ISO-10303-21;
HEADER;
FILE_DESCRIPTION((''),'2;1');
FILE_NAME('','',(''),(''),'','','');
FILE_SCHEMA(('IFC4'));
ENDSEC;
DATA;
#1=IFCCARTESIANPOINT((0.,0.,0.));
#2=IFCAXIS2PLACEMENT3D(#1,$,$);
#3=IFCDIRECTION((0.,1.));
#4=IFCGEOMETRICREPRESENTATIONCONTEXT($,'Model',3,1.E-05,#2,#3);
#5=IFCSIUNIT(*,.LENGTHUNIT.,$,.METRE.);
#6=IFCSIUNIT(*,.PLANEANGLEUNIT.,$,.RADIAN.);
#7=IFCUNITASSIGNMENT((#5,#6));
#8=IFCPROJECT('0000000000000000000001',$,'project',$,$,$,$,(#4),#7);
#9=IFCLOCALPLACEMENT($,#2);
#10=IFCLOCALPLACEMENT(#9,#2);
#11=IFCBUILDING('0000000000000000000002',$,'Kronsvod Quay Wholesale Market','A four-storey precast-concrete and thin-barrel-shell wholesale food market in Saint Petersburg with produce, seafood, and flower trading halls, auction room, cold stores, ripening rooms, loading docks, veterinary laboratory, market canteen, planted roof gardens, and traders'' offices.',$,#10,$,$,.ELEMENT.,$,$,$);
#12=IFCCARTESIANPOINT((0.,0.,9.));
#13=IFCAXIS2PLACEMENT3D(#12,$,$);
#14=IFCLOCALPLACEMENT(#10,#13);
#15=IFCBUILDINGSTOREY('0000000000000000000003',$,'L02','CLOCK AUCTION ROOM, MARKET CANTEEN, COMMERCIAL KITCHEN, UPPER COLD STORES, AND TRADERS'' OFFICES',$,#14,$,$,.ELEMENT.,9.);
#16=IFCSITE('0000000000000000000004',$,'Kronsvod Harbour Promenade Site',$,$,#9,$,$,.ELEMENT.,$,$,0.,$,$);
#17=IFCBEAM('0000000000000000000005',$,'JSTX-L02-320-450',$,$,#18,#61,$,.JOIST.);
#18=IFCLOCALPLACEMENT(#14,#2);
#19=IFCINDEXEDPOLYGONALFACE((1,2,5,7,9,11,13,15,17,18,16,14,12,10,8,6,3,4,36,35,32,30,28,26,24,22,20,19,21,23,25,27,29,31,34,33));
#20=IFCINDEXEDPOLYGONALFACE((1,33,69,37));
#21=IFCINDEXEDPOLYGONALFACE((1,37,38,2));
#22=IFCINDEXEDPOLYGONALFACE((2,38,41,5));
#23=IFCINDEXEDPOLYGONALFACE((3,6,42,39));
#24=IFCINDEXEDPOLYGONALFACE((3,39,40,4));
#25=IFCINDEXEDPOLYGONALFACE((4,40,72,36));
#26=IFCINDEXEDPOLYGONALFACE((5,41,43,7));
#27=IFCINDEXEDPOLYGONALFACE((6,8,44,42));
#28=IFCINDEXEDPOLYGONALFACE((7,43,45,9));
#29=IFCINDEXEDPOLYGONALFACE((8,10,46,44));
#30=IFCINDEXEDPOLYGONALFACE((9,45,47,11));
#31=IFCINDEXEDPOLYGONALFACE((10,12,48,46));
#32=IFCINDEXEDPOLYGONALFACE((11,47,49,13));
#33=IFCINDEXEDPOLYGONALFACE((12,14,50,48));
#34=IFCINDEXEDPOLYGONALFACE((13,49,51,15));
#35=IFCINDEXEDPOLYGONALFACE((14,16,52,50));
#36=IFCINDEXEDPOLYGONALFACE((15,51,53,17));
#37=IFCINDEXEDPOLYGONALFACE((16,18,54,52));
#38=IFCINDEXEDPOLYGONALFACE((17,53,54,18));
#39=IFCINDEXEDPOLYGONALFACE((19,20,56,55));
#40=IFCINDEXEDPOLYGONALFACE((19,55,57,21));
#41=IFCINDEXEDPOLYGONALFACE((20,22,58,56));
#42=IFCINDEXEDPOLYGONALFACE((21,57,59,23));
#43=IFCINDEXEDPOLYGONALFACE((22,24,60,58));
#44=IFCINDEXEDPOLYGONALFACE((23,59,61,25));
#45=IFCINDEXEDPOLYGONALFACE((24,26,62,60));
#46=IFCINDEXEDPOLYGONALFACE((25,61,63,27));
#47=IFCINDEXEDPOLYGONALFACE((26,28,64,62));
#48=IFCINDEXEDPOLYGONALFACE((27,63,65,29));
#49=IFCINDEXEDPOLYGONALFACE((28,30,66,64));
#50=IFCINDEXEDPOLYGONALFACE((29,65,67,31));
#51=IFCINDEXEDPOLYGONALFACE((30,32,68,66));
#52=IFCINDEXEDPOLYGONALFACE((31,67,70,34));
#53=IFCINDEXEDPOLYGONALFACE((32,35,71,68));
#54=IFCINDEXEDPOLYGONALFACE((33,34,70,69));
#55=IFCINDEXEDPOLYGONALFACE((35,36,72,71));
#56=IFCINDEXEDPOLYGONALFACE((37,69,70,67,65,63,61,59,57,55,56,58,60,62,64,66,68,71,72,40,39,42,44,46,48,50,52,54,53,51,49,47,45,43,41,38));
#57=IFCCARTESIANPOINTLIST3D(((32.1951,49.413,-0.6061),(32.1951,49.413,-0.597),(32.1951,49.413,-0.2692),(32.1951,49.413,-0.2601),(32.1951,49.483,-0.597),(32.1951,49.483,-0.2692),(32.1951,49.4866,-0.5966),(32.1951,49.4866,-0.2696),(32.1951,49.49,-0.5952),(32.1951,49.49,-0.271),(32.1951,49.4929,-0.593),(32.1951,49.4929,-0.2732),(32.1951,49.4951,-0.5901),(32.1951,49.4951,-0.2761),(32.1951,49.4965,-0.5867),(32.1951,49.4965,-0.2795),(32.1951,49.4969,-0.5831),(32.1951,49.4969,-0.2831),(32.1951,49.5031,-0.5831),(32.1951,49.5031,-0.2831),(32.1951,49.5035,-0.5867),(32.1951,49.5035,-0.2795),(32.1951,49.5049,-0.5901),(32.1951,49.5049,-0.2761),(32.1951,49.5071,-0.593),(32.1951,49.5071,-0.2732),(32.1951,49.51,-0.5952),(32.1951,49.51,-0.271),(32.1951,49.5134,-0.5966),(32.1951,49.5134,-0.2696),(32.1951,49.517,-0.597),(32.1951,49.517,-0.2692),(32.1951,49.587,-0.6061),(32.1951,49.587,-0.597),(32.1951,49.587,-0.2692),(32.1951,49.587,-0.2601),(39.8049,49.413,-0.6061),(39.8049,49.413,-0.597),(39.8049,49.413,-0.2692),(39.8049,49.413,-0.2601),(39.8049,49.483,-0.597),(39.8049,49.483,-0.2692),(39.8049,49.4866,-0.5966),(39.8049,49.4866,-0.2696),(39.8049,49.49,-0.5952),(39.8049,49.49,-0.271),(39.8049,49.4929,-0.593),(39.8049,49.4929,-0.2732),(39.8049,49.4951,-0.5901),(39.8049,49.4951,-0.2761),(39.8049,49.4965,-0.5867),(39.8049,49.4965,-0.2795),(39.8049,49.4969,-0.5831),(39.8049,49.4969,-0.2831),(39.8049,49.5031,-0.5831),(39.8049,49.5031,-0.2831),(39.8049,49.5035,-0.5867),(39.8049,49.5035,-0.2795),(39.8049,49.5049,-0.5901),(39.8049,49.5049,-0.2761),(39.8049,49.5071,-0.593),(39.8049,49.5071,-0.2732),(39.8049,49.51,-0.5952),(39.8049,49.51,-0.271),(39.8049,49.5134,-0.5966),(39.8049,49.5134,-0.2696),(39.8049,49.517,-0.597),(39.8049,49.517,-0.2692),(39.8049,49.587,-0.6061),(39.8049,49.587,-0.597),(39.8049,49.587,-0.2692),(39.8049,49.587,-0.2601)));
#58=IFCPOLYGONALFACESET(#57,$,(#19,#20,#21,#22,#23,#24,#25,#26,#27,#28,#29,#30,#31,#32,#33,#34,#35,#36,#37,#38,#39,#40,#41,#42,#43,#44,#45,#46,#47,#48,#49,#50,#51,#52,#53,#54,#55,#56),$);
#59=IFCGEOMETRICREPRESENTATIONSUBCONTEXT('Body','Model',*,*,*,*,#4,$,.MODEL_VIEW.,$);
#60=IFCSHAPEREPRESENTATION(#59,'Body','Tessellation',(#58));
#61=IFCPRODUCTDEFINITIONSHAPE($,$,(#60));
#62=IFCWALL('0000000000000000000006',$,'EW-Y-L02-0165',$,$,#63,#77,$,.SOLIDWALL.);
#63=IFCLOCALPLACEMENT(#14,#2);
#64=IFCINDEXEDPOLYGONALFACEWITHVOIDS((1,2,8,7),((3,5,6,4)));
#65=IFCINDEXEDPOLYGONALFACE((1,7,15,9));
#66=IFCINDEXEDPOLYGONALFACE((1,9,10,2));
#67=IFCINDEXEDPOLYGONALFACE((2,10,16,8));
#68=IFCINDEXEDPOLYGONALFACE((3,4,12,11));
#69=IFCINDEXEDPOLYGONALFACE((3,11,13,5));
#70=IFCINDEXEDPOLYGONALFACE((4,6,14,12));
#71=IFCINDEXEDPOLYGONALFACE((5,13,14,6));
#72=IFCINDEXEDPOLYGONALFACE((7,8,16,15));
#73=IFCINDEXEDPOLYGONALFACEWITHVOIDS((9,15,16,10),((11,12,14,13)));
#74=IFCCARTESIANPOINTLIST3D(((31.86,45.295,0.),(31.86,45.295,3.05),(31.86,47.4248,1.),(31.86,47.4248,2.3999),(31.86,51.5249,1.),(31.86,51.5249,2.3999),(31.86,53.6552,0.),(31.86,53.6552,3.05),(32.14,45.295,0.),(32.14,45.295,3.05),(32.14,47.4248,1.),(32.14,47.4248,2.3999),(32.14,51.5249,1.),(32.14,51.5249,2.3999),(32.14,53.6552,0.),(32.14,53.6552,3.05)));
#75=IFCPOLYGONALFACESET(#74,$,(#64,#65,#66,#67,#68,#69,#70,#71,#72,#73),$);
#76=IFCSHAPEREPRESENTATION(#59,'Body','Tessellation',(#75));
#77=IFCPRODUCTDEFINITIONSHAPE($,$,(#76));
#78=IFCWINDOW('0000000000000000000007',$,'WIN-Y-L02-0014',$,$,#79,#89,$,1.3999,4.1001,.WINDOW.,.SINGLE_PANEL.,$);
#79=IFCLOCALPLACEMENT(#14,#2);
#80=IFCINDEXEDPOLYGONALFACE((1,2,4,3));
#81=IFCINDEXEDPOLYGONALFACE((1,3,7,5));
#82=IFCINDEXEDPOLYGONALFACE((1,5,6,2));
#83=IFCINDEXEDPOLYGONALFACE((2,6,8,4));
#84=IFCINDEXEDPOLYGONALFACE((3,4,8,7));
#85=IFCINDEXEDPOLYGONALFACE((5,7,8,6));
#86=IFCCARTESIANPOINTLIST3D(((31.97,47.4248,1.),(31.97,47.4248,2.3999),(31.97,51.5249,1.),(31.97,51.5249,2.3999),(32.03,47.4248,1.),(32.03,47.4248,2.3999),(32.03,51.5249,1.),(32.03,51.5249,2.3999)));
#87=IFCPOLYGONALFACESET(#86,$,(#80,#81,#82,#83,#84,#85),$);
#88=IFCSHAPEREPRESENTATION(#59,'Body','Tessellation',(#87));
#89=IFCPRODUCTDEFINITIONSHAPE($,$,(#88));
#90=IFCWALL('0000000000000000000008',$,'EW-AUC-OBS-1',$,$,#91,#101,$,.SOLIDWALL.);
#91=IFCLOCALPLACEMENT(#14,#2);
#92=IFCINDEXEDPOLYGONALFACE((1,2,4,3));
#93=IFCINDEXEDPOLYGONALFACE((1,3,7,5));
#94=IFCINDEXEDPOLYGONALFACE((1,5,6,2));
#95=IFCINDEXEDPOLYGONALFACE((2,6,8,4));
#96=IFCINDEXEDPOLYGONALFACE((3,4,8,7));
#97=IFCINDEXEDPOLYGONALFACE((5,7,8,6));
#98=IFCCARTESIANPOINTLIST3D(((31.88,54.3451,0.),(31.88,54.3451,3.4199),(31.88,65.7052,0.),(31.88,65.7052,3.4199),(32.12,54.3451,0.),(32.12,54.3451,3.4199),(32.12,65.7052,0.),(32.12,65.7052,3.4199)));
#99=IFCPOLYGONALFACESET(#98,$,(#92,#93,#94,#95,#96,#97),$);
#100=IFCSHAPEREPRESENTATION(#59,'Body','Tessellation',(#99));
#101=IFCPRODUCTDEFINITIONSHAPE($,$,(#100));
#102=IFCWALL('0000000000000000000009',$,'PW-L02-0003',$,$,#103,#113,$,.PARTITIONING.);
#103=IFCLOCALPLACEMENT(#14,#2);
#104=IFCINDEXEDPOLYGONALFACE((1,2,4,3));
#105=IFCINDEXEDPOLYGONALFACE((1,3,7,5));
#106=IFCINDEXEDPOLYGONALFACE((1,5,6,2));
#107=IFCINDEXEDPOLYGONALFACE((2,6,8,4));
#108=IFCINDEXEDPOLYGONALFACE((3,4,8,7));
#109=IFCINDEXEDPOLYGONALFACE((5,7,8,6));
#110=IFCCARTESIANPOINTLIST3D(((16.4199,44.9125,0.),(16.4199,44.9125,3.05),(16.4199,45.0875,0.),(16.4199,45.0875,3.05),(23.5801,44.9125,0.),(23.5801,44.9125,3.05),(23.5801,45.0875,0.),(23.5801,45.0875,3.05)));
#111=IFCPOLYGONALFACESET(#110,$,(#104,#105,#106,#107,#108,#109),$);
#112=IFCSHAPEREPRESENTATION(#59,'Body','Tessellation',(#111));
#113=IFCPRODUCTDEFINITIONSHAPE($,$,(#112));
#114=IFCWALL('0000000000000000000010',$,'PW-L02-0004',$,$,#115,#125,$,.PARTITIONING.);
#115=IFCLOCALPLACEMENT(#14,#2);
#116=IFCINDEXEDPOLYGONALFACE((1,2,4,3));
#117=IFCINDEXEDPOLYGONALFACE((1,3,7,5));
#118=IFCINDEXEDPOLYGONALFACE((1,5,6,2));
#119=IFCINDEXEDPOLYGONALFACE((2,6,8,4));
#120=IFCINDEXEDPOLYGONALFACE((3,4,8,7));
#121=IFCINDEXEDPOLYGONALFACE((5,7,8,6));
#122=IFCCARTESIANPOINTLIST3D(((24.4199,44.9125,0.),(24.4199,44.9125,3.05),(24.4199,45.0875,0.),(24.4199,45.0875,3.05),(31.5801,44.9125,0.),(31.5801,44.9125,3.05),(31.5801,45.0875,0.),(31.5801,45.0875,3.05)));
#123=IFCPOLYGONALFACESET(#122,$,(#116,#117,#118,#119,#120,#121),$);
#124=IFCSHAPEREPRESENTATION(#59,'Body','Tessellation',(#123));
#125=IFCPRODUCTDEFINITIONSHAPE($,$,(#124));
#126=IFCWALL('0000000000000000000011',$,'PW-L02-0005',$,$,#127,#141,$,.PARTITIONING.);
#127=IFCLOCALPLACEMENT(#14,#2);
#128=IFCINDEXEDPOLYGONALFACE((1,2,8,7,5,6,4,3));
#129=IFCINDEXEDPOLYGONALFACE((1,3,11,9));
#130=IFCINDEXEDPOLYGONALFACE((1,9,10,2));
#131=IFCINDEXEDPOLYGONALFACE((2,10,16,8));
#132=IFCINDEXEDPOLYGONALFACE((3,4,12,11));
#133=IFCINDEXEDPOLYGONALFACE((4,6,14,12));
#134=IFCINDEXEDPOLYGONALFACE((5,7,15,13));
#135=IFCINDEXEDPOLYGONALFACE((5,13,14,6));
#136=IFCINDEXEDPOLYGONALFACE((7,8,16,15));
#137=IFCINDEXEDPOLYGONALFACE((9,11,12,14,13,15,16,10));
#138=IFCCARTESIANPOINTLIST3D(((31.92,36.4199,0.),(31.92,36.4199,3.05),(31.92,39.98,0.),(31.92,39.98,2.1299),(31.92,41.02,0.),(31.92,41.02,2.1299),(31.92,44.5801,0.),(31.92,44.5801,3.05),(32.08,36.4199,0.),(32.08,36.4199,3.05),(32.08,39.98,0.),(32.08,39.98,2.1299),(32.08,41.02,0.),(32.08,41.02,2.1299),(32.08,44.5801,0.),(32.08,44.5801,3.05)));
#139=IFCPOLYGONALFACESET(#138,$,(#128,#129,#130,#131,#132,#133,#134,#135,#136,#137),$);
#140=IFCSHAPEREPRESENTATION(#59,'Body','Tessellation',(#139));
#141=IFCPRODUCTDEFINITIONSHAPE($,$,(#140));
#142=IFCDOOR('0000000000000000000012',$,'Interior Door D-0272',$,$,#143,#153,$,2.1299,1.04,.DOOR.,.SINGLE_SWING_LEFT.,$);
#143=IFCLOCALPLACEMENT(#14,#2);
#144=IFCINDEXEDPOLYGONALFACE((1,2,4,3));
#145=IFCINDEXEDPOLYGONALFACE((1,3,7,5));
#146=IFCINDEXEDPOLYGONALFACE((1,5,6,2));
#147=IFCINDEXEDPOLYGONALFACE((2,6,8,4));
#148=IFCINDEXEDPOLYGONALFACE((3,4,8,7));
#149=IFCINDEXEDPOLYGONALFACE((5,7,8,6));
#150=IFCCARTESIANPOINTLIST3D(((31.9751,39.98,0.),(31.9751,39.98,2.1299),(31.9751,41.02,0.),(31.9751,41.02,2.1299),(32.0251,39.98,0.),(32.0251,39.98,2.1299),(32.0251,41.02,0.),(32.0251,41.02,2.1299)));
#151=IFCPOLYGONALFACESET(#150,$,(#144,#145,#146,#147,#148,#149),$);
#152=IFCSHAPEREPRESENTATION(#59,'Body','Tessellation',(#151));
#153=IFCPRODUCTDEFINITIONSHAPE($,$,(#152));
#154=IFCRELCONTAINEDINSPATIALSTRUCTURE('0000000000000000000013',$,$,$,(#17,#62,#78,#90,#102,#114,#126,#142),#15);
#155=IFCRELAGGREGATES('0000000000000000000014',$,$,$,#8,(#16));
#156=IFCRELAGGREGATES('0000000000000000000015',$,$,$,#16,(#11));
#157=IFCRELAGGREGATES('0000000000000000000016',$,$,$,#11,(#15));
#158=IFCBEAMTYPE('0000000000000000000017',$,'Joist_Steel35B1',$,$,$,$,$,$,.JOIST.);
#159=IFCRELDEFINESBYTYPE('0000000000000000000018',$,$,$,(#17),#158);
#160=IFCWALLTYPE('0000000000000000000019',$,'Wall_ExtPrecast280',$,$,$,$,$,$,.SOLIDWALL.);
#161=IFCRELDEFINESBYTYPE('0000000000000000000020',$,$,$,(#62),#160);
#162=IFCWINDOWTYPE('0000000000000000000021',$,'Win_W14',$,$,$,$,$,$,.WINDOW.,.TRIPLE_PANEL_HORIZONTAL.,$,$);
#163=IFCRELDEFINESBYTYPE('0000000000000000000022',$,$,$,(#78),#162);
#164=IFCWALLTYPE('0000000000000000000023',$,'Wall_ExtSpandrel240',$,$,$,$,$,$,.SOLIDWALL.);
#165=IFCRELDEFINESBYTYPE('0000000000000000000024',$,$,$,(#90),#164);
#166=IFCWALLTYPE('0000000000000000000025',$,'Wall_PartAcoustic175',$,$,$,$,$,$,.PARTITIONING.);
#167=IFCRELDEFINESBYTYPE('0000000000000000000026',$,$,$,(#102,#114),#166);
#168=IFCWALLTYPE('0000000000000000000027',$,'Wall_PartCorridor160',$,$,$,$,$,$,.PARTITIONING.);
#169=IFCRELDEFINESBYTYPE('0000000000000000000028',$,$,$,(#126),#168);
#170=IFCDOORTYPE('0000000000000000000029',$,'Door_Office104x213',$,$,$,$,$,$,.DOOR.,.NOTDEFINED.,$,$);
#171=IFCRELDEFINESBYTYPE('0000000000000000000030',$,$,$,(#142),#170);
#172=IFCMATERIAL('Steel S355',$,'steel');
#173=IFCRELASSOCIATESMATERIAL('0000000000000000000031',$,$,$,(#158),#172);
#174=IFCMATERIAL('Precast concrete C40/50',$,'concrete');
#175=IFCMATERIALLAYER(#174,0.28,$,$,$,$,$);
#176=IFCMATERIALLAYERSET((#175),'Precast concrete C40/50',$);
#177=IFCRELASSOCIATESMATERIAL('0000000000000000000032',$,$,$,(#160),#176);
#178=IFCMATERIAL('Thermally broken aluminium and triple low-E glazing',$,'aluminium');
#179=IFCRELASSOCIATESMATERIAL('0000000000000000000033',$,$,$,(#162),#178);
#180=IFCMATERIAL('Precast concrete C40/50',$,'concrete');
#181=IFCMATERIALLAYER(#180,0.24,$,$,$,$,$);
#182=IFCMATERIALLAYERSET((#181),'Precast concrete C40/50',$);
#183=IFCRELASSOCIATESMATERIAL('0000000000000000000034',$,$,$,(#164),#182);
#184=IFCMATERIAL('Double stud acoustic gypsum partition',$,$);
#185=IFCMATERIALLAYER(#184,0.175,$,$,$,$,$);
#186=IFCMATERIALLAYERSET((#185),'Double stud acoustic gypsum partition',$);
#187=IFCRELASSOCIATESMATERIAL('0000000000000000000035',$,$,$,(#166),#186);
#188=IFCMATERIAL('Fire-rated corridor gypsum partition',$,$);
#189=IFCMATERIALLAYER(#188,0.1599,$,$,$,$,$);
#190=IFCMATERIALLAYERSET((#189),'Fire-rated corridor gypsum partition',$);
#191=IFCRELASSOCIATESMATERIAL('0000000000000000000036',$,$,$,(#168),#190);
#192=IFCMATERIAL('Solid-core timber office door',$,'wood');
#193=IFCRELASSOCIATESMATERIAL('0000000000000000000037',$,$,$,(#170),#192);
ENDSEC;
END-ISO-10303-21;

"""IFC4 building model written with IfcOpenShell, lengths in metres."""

from ifc_helpers import new_model, si_unit, direction, frame, frame_2d, origin, origin_2d, place, context, subcontext, project, spatial, rectangle, i_section, extrude, material, layer, layer_set, material_profile, profile_set, type_object, element, fill, save


model = new_model("IFC4")

# Units and contexts
model_context = context("Model", 3, precision=1e-05, world=origin(), true_north=direction((0.0, 1.0)))
body_context = subcontext(model_context, "Body", "Model", "MODEL_VIEW")
ifc_project = project(units=[si_unit("LENGTHUNIT", "METRE"), si_unit("PLANEANGLEUNIT", "RADIAN")], contexts=[model_context])

# Site, building, storey
site_placement = place(None, origin())
site = spatial("IfcSite", under=ifc_project, at=site_placement, Name="Kronsvod Harbour Promenade Site", CompositionType="ELEMENT", RefElevation=0.0)
building_placement = place(site_placement, origin())
building = spatial("IfcBuilding", under=site, at=building_placement, Name="Kronsvod Quay Wholesale Market", Description="A four-storey precast-concrete and thin-barrel-shell wholesale food market in Saint Petersburg with produce, seafood, and flower trading halls, auction room, cold stores, ripening rooms, loading docks, veterinary laboratory, market canteen, planted roof gardens, and traders' offices.", CompositionType="ELEMENT")
storey_placement = place(building_placement, frame((0.0, 0.0, 9.0)))
storey = spatial("IfcBuildingStorey", under=building, at=storey_placement, Name="L02", Description="CLOCK AUCTION ROOM, MARKET CANTEEN, COMMERCIAL KITCHEN, UPPER COLD STORES, AND TRADERS' OFFICES", CompositionType="ELEMENT", Elevation=9.0)

# Beam
ifc_material_1 = material(Name="Steel S355", Category="steel")
ifc_material_profile_1 = material_profile(ifc_material_1, i_section(OverallWidth=0.1741, OverallDepth=0.3459, WebThickness=0.0061, FlangeThickness=0.009, FilletRadius=0.0139, at=origin_2d()), Name="35B1")
ifc_profile_set_1 = profile_set([ifc_material_profile_1], Name="Steel S355")
beam_type_1 = type_object("IfcBeamType", Name="Joist_Steel35B1", PredefinedType="JOIST", material=ifc_profile_set_1)
for number, where, z_axis, x_axis, name in (
    (1, (32.1951, 49.5, -0.4331), (1.0, 0.0, 0.0), (0.0, 1.0, 0.0), "JSTX-L02-320-450"),
):
    element("IfcBeam", number, at=place(storey_placement, frame(where, z_axis=z_axis, x_axis=x_axis)), inside=storey, type_object=beam_type_1, Name=name, PredefinedType="JOIST", context=body_context, shape_type="SweptSolid", body=[
        extrude(i_section(OverallWidth=0.1741, OverallDepth=0.3459, WebThickness=0.0061, FlangeThickness=0.009, FilletRadius=0.0139, at=origin_2d()), origin(), (0.0, 0.0, 1.0), 7.6099),
    ])

# Wall, opening, window
ifc_material_2 = material(Name="Precast concrete C40/50", Category="concrete")
ifc_layer_1 = layer(ifc_material_2, 0.28)
ifc_layer_set_1 = layer_set([ifc_layer_1], Name="Precast concrete C40/50")
wall_type_1 = type_object("IfcWallType", Name="Wall_ExtPrecast280", PredefinedType="SOLIDWALL", material=ifc_layer_set_1)
wall_1_placement = place(storey_placement, frame((32.0, 45.2949, 0.0), z_axis=(0.0, 0.0, 1.0), x_axis=(0.0, 1.0, 0.0)))
wall_1 = element("IfcWall", 2, at=wall_1_placement, inside=storey, type_object=wall_type_1, Name="EW-Y-L02-0165", PredefinedType="SOLIDWALL", context=body_context, shape_type="SweptSolid", body=[
    extrude(rectangle(XDim=8.3601, YDim=0.28, at=frame_2d((4.1802, 0.0))), origin(), (0.0, 0.0, 1.0), 3.05),
])
opening_1_placement = place(wall_1_placement, frame((2.1299, 0.0, 1.0)))
opening_1 = element("IfcOpeningElement", 3, at=opening_1_placement, cuts=wall_1, PredefinedType="OPENING", context=body_context, shape_type="SweptSolid", body=[
    extrude(rectangle(XDim=4.1001, YDim=1.3999, at=frame_2d((2.05, 0.7))), frame((0.0, 0.1499, 0.0), z_axis=(0.0, -1.0, 0.0), x_axis=(1.0, 0.0, 0.0)), (0.0, 0.0, 1.0), 0.3),
])
ifc_material_3 = material(Name="Thermally broken aluminium and triple low-E glazing", Category="aluminium")
window_type = type_object("IfcWindowType", Name="Win_W14", PartitioningType="TRIPLE_PANEL_HORIZONTAL", PredefinedType="WINDOW", material=ifc_material_3)
window_placement = place(opening_1_placement, origin())
window = element("IfcWindow", 4, at=window_placement, inside=storey, type_object=window_type, Name="WIN-Y-L02-0014", OverallHeight=1.3999, OverallWidth=4.1001, PartitioningType="SINGLE_PANEL", PredefinedType="WINDOW", context=body_context, shape_type="SweptSolid", body=[
    extrude(rectangle(XDim=4.1001, YDim=1.3999, at=frame_2d((2.05, 0.7))), frame((0.0, 0.03, 0.0), z_axis=(0.0, -1.0, 0.0), x_axis=(1.0, 0.0, 0.0)), (0.0, 0.0, 1.0), 0.0601),
])
fill(opening_1, window)

# Walls
ifc_material_4 = material(Name="Precast concrete C40/50", Category="concrete")
ifc_layer_2 = layer(ifc_material_4, 0.24)
ifc_layer_set_2 = layer_set([ifc_layer_2], Name="Precast concrete C40/50")
wall_type_2 = type_object("IfcWallType", Name="Wall_ExtSpandrel240", PredefinedType="SOLIDWALL", material=ifc_layer_set_2)
wall_2_placement = place(storey_placement, frame((32.0, 54.345, 0.0), z_axis=(0.0, 0.0, 1.0), x_axis=(0.0, 1.0, 0.0)))
element("IfcWall", 5, at=wall_2_placement, inside=storey, type_object=wall_type_2, Name="EW-AUC-OBS-1", PredefinedType="SOLIDWALL", context=body_context, shape_type="SweptSolid", body=[
    extrude(rectangle(XDim=11.3601, YDim=0.24, at=frame_2d((5.6802, 0.0))), origin(), (0.0, 0.0, 1.0), 3.4199),
])
ifc_material_5 = material(Name="Double stud acoustic gypsum partition")
ifc_layer_3 = layer(ifc_material_5, 0.175)
ifc_layer_set_3 = layer_set([ifc_layer_3], Name="Double stud acoustic gypsum partition")
wall_type_3 = type_object("IfcWallType", Name="Wall_PartAcoustic175", PredefinedType="PARTITIONING", material=ifc_layer_set_3)
for number, where, z_axis, x_axis, name in (
    (6, (16.4199, 45.0, 0.0), (0.0, 0.0, 1.0), (1.0, 0.0, 0.0), "PW-L02-0003"),
    (7, (24.4199, 45.0, 0.0), (0.0, 0.0, 1.0), (1.0, 0.0, 0.0), "PW-L02-0004"),
):
    element("IfcWall", number, at=place(storey_placement, frame(where, z_axis=z_axis, x_axis=x_axis)), inside=storey, type_object=wall_type_3, Name=name, PredefinedType="PARTITIONING", context=body_context, shape_type="SweptSolid", body=[
        extrude(rectangle(XDim=7.1602, YDim=0.175, at=frame_2d((3.5801, 0.0))), origin(), (0.0, 0.0, 1.0), 3.05),
    ])

# Wall, opening, door
ifc_material_6 = material(Name="Fire-rated corridor gypsum partition")
ifc_layer_4 = layer(ifc_material_6, 0.1599)
ifc_layer_set_4 = layer_set([ifc_layer_4], Name="Fire-rated corridor gypsum partition")
wall_type_4 = type_object("IfcWallType", Name="Wall_PartCorridor160", PredefinedType="PARTITIONING", material=ifc_layer_set_4)
wall_3_placement = place(storey_placement, frame((32.0, 36.4199, 0.0), z_axis=(0.0, 0.0, 1.0), x_axis=(0.0, 1.0, 0.0)))
wall_3 = element("IfcWall", 8, at=wall_3_placement, inside=storey, type_object=wall_type_4, Name="PW-L02-0005", PredefinedType="PARTITIONING", context=body_context, shape_type="SweptSolid", body=[
    extrude(rectangle(XDim=8.1602, YDim=0.1599, at=frame_2d((4.0801, 0.0))), origin(), (0.0, 0.0, 1.0), 3.05),
])
opening_2_placement = place(wall_3_placement, frame((3.5601, 0.0, 0.0)))
opening_2 = element("IfcOpeningElement", 9, at=opening_2_placement, cuts=wall_3, PredefinedType="OPENING", context=body_context, shape_type="SweptSolid", body=[
    extrude(rectangle(XDim=1.04, YDim=2.1299, at=frame_2d((0.52, 1.0649))), frame((0.0, 0.0898, 0.0), z_axis=(0.0, -1.0, 0.0), x_axis=(1.0, 0.0, 0.0)), (0.0, 0.0, 1.0), 0.1799),
])
ifc_material_7 = material(Name="Solid-core timber office door", Category="wood")
door_type = type_object("IfcDoorType", Name="Door_Office104x213", OperationType="NOTDEFINED", PredefinedType="DOOR", material=ifc_material_7)
door_placement = place(opening_2_placement, origin())
door = element("IfcDoor", 10, at=door_placement, inside=storey, type_object=door_type, Name="Interior Door D-0272", OperationType="SINGLE_SWING_LEFT", OverallHeight=2.1299, OverallWidth=1.04, PredefinedType="DOOR", context=body_context, shape_type="SweptSolid", body=[
    extrude(rectangle(XDim=1.04, YDim=2.1299, at=frame_2d((0.52, 1.0649))), frame((0.0, 0.0249, 0.0), z_axis=(0.0, -1.0, 0.0), x_axis=(1.0, 0.0, 0.0)), (0.0, 0.0, 1.0), 0.05),
])
fill(opening_2, door)

save(model, "model.ifc")
